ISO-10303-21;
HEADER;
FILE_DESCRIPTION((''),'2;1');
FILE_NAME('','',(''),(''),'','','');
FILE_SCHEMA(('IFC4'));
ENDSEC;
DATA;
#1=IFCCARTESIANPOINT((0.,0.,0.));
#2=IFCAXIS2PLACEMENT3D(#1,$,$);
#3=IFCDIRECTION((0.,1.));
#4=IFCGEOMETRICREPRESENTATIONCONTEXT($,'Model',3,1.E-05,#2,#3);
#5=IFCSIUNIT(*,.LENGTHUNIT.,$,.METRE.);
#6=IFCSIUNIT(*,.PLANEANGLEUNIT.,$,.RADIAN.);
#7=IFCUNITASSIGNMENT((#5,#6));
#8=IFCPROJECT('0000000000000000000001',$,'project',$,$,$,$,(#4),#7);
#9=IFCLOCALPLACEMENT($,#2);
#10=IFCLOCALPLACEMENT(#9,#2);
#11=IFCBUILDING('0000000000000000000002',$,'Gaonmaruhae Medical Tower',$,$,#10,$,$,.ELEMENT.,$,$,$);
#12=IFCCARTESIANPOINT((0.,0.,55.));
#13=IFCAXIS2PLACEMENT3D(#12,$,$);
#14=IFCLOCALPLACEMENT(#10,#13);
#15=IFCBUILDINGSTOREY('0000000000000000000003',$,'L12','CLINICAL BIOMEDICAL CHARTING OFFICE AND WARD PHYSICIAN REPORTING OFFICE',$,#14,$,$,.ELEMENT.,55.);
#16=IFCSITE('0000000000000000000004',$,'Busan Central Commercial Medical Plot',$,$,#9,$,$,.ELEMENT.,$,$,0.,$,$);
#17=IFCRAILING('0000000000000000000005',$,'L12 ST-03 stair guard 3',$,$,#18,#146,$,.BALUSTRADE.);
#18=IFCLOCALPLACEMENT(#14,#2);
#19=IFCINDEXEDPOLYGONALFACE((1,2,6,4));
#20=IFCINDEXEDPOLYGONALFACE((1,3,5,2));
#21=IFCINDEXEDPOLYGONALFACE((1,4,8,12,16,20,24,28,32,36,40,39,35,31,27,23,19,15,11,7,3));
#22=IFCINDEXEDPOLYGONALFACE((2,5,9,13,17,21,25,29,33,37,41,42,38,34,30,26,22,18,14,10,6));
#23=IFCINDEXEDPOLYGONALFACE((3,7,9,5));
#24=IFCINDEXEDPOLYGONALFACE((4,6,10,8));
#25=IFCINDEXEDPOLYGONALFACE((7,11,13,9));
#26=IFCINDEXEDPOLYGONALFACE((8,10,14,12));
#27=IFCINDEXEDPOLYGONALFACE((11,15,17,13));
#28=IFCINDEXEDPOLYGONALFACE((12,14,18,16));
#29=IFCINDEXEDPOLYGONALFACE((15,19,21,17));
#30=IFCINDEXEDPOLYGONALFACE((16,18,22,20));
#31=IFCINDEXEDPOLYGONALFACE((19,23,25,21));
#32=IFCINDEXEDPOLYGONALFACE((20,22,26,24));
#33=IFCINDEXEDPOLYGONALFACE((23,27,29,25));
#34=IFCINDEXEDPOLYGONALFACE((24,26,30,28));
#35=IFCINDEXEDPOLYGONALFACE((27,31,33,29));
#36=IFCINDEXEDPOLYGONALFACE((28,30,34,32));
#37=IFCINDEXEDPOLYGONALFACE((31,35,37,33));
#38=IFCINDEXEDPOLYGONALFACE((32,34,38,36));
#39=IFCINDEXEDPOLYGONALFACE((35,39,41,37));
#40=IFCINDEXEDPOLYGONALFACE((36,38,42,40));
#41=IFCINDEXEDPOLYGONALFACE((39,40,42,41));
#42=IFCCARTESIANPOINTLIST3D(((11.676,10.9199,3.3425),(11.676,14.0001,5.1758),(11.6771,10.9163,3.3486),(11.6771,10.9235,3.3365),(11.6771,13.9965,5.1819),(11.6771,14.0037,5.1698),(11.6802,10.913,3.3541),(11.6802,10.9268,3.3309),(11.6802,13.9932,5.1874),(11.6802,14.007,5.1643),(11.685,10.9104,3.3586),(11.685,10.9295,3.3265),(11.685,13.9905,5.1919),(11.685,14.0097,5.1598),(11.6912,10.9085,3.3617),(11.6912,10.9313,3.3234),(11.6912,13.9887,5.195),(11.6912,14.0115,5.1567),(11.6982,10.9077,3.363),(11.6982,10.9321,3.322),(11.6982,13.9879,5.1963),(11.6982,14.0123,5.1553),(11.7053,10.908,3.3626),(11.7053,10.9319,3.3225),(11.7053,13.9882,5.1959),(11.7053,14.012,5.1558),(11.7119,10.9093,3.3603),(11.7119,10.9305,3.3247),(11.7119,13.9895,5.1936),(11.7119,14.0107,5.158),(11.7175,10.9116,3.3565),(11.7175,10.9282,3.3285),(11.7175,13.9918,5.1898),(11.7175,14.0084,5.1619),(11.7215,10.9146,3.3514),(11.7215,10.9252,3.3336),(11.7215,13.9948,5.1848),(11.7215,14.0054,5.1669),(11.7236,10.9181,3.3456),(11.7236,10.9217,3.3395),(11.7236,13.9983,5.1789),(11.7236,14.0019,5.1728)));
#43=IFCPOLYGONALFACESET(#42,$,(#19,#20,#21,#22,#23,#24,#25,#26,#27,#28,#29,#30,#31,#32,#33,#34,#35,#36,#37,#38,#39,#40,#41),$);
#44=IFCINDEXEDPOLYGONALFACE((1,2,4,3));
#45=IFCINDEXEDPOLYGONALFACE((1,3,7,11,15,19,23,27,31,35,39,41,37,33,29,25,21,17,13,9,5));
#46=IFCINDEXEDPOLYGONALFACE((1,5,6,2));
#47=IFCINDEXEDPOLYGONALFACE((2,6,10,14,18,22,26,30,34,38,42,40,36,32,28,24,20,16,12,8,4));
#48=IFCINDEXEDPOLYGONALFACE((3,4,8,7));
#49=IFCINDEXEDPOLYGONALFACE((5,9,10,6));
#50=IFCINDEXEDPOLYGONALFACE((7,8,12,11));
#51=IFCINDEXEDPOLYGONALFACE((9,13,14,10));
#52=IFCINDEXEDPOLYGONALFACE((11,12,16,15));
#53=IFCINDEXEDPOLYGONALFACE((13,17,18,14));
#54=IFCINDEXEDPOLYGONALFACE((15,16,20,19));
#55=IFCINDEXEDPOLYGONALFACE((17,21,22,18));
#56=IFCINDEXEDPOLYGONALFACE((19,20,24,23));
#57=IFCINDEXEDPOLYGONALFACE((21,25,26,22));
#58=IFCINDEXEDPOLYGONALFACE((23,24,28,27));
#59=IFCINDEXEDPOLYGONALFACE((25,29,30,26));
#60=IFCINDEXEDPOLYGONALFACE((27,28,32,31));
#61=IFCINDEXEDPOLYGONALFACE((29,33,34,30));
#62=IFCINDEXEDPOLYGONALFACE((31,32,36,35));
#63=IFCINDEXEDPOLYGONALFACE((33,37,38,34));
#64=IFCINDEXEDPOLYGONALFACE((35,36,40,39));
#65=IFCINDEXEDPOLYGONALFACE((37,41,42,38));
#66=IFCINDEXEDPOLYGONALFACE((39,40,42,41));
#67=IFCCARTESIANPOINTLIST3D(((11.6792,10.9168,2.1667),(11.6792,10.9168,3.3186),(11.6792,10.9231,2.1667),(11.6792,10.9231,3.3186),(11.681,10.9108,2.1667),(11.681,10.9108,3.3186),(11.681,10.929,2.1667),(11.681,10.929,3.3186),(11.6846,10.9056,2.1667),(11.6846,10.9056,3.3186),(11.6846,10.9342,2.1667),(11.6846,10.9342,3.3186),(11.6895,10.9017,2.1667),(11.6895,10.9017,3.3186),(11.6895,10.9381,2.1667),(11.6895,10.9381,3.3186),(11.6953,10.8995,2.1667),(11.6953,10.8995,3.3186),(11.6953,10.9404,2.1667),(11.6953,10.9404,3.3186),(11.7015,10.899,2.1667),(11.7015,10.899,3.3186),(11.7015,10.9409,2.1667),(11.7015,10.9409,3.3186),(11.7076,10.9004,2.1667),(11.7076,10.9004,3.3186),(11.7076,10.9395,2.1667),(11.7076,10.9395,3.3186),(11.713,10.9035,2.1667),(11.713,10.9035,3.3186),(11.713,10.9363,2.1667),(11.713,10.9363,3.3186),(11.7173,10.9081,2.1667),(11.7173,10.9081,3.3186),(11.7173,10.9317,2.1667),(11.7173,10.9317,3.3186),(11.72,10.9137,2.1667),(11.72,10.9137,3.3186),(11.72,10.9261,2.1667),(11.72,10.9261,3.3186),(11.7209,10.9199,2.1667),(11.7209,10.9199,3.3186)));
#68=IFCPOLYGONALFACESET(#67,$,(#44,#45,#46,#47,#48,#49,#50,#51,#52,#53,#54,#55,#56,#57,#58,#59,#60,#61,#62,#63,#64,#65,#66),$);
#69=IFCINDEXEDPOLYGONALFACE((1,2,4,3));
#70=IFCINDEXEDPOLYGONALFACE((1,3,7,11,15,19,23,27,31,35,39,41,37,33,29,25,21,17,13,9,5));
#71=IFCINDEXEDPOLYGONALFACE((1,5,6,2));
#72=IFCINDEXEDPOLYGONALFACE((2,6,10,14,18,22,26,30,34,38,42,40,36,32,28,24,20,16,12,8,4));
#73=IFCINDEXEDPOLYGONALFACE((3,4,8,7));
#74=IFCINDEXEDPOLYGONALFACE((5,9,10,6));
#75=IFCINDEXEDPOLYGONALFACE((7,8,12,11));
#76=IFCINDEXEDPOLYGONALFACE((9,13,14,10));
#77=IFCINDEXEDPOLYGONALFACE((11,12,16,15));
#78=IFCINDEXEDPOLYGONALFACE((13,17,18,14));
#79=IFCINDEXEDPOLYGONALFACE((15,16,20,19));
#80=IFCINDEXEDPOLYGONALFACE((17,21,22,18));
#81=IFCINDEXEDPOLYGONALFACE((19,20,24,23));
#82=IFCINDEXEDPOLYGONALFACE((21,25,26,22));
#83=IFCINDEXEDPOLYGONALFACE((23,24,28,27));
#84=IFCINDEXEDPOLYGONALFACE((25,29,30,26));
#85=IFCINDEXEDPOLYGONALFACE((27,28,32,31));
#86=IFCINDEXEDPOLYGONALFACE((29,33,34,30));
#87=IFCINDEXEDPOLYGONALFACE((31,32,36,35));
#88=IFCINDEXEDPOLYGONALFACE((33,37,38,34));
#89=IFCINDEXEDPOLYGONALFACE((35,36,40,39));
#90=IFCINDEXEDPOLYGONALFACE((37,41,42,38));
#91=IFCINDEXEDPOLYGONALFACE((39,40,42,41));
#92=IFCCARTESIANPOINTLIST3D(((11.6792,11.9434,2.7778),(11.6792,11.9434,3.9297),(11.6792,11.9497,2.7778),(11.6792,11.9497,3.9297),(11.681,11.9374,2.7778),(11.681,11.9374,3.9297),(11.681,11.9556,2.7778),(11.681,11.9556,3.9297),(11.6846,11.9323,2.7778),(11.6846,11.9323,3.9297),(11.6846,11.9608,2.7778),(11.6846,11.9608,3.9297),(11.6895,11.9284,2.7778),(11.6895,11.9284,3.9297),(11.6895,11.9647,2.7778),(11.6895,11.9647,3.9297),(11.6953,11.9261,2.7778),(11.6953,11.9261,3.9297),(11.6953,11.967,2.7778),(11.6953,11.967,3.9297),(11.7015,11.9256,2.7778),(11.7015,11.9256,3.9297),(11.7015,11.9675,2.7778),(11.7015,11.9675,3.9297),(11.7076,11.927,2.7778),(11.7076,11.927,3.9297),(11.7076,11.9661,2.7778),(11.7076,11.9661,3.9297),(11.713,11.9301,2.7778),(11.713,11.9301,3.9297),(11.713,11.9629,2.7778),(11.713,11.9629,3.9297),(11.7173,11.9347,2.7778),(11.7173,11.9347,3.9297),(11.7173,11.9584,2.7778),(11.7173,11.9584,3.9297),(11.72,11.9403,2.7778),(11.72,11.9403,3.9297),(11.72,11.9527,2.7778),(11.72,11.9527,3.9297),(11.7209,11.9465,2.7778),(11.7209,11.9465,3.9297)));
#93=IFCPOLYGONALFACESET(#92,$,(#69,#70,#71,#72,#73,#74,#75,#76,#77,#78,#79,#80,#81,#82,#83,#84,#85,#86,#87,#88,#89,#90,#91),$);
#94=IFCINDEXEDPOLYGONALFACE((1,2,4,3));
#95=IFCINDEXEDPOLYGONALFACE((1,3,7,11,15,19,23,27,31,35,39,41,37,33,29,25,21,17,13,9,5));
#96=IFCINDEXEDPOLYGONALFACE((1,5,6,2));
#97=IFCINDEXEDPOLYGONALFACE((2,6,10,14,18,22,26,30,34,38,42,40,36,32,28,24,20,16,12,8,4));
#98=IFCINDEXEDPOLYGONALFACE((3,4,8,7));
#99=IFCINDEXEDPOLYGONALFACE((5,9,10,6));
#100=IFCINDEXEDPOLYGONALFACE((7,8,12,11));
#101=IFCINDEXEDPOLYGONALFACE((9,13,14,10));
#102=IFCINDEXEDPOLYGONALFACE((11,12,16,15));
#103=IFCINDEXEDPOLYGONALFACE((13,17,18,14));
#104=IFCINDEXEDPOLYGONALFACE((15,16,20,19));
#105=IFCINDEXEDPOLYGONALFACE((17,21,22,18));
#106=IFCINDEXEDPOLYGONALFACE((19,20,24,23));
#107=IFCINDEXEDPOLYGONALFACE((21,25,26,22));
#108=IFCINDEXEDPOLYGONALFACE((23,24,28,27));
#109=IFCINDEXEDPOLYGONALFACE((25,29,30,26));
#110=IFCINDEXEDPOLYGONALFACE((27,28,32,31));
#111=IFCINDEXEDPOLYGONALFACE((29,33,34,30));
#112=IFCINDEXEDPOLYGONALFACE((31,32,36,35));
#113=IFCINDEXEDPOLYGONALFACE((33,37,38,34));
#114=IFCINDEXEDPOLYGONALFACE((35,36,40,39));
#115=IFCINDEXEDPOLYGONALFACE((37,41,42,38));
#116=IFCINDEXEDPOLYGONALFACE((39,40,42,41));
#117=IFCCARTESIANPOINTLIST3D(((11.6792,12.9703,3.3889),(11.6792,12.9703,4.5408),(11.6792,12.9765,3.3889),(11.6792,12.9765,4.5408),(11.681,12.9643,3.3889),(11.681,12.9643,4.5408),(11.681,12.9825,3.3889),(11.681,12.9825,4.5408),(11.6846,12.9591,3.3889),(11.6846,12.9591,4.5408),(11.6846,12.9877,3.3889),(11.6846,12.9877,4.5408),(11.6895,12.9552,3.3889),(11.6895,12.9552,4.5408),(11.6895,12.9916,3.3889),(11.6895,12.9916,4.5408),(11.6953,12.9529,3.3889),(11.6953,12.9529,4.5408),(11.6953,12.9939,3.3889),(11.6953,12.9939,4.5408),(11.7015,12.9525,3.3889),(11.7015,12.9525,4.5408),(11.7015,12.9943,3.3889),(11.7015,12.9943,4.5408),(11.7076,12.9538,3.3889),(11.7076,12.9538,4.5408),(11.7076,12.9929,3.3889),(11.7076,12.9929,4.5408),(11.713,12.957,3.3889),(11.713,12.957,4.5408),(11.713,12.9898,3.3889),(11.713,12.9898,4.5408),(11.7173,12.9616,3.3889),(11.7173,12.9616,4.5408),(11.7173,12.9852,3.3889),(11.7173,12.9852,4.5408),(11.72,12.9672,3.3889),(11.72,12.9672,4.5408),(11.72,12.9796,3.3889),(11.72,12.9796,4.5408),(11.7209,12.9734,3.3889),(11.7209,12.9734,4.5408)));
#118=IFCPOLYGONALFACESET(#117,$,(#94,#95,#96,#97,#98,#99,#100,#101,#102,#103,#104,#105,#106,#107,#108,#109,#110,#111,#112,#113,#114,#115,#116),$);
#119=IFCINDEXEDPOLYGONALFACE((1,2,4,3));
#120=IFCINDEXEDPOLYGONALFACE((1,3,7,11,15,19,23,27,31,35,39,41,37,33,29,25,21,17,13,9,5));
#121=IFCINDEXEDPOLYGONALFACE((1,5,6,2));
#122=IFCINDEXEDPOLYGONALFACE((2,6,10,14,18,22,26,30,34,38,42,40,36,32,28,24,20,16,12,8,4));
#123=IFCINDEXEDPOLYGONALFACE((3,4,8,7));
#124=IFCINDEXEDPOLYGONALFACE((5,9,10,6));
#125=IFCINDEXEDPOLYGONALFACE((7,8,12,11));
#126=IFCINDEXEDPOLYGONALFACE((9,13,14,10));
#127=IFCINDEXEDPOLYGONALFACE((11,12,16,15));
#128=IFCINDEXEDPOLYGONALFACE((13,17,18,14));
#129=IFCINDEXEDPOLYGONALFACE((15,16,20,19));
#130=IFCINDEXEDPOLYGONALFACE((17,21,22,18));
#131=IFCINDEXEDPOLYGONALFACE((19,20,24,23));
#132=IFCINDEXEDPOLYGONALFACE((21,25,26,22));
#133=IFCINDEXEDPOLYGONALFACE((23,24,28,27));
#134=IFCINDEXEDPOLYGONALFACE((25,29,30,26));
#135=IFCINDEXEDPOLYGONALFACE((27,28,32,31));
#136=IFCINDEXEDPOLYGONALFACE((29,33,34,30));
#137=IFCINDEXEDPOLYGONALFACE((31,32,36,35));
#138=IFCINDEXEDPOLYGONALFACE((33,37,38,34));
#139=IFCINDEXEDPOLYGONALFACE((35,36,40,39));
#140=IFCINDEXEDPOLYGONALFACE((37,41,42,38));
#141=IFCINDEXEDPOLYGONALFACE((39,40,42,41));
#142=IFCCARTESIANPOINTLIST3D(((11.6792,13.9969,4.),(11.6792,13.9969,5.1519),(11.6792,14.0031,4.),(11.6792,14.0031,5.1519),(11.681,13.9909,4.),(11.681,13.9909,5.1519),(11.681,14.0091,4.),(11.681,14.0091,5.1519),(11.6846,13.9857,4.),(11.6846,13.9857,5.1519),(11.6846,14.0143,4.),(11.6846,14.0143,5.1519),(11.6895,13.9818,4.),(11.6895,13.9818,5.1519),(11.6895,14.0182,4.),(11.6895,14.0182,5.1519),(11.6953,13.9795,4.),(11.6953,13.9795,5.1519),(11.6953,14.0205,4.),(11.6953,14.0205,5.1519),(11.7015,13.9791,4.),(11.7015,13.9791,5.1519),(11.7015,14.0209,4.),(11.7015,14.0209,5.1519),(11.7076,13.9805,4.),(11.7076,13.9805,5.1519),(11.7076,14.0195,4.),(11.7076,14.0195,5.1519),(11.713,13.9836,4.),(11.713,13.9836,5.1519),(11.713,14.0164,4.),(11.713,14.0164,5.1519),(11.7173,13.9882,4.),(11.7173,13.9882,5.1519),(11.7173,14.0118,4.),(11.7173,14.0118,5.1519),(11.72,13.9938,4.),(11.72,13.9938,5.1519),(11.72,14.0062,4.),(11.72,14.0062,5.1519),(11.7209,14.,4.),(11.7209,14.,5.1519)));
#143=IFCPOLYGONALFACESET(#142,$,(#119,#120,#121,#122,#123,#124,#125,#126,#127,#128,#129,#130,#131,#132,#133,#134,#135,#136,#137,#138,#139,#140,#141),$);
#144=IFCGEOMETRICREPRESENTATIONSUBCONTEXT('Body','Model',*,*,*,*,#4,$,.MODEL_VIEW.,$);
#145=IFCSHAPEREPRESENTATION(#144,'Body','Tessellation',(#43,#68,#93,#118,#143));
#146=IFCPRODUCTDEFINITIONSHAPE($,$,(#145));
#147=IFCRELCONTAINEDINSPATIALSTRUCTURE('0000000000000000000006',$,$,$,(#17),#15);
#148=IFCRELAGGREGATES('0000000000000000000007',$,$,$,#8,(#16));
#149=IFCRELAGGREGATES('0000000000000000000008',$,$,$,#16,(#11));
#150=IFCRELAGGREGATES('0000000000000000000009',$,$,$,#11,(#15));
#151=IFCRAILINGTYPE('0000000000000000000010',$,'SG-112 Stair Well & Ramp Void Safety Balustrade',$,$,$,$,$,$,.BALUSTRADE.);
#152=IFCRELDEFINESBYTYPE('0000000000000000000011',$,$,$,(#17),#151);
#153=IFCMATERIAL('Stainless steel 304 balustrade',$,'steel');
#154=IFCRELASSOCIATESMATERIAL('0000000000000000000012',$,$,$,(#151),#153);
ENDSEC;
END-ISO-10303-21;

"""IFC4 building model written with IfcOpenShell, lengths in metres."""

from ifc_helpers import new_model, si_unit, direction, frame, origin, origin_2d, place, context, subcontext, project, spatial, circle, extrude, material, type_object, element, save


model = new_model("IFC4")

# Units and contexts
model_context = context("Model", 3, precision=1e-05, world=origin(), true_north=direction((0.0, 1.0)))
body_context = subcontext(model_context, "Body", "Model", "MODEL_VIEW")
ifc_project = project(units=[si_unit("LENGTHUNIT", "METRE"), si_unit("PLANEANGLEUNIT", "RADIAN")], contexts=[model_context])

# Site, building, storey
site_placement = place(None, origin())
site = spatial("IfcSite", under=ifc_project, at=site_placement, Name="Busan Central Commercial Medical Plot", CompositionType="ELEMENT", RefElevation=0.0)
building_placement = place(site_placement, origin())
building = spatial("IfcBuilding", under=site, at=building_placement, Name="Gaonmaruhae Medical Tower", CompositionType="ELEMENT")
storey_placement = place(building_placement, frame((0.0, 0.0, 55.0)))
storey = spatial("IfcBuildingStorey", under=building, at=storey_placement, Name="L12", Description="CLINICAL BIOMEDICAL CHARTING OFFICE AND WARD PHYSICIAN REPORTING OFFICE", CompositionType="ELEMENT", Elevation=55.0)

# Railing
ifc_material_1 = material(Name="Stainless steel 304 balustrade", Category="steel")
railing_type_1 = type_object("IfcRailingType", Name="SG-112 Stair Well & Ramp Void Safety Balustrade", PredefinedType="BALUSTRADE", material=ifc_material_1)
railing_1_placement = place(storey_placement, frame((11.7, 10.9199, 2.1667)))
element("IfcRailing", 1, at=railing_1_placement, inside=storey, type_object=railing_type_1, Name="L12 ST-03 stair guard 3", PredefinedType="BALUSTRADE", context=body_context, shape_type="SweptSolid", body=[
    extrude(circle(Radius=0.0239, at=origin_2d()), frame((0.0, 0.0, 1.1758), z_axis=(0.0, 0.859309, 0.511458), x_axis=(-1.0, 0.0, 0.0)), (0.0, 0.0, 1.0), 3.5845),
    extrude(circle(Radius=0.021, at=origin_2d()), origin(), (0.0, 0.0, 1.0), 1.1519),
    extrude(circle(Radius=0.021, at=origin_2d()), frame((0.0, 1.0266, 0.6111)), (0.0, 0.0, 1.0), 1.1519),
    extrude(circle(Radius=0.021, at=origin_2d()), frame((0.0, 2.0535, 1.2222)), (0.0, 0.0, 1.0), 1.1519),
    extrude(circle(Radius=0.021, at=origin_2d()), frame((0.0, 3.0801, 1.8333)), (0.0, 0.0, 1.0), 1.1519),
])

save(model, "model.ifc")
